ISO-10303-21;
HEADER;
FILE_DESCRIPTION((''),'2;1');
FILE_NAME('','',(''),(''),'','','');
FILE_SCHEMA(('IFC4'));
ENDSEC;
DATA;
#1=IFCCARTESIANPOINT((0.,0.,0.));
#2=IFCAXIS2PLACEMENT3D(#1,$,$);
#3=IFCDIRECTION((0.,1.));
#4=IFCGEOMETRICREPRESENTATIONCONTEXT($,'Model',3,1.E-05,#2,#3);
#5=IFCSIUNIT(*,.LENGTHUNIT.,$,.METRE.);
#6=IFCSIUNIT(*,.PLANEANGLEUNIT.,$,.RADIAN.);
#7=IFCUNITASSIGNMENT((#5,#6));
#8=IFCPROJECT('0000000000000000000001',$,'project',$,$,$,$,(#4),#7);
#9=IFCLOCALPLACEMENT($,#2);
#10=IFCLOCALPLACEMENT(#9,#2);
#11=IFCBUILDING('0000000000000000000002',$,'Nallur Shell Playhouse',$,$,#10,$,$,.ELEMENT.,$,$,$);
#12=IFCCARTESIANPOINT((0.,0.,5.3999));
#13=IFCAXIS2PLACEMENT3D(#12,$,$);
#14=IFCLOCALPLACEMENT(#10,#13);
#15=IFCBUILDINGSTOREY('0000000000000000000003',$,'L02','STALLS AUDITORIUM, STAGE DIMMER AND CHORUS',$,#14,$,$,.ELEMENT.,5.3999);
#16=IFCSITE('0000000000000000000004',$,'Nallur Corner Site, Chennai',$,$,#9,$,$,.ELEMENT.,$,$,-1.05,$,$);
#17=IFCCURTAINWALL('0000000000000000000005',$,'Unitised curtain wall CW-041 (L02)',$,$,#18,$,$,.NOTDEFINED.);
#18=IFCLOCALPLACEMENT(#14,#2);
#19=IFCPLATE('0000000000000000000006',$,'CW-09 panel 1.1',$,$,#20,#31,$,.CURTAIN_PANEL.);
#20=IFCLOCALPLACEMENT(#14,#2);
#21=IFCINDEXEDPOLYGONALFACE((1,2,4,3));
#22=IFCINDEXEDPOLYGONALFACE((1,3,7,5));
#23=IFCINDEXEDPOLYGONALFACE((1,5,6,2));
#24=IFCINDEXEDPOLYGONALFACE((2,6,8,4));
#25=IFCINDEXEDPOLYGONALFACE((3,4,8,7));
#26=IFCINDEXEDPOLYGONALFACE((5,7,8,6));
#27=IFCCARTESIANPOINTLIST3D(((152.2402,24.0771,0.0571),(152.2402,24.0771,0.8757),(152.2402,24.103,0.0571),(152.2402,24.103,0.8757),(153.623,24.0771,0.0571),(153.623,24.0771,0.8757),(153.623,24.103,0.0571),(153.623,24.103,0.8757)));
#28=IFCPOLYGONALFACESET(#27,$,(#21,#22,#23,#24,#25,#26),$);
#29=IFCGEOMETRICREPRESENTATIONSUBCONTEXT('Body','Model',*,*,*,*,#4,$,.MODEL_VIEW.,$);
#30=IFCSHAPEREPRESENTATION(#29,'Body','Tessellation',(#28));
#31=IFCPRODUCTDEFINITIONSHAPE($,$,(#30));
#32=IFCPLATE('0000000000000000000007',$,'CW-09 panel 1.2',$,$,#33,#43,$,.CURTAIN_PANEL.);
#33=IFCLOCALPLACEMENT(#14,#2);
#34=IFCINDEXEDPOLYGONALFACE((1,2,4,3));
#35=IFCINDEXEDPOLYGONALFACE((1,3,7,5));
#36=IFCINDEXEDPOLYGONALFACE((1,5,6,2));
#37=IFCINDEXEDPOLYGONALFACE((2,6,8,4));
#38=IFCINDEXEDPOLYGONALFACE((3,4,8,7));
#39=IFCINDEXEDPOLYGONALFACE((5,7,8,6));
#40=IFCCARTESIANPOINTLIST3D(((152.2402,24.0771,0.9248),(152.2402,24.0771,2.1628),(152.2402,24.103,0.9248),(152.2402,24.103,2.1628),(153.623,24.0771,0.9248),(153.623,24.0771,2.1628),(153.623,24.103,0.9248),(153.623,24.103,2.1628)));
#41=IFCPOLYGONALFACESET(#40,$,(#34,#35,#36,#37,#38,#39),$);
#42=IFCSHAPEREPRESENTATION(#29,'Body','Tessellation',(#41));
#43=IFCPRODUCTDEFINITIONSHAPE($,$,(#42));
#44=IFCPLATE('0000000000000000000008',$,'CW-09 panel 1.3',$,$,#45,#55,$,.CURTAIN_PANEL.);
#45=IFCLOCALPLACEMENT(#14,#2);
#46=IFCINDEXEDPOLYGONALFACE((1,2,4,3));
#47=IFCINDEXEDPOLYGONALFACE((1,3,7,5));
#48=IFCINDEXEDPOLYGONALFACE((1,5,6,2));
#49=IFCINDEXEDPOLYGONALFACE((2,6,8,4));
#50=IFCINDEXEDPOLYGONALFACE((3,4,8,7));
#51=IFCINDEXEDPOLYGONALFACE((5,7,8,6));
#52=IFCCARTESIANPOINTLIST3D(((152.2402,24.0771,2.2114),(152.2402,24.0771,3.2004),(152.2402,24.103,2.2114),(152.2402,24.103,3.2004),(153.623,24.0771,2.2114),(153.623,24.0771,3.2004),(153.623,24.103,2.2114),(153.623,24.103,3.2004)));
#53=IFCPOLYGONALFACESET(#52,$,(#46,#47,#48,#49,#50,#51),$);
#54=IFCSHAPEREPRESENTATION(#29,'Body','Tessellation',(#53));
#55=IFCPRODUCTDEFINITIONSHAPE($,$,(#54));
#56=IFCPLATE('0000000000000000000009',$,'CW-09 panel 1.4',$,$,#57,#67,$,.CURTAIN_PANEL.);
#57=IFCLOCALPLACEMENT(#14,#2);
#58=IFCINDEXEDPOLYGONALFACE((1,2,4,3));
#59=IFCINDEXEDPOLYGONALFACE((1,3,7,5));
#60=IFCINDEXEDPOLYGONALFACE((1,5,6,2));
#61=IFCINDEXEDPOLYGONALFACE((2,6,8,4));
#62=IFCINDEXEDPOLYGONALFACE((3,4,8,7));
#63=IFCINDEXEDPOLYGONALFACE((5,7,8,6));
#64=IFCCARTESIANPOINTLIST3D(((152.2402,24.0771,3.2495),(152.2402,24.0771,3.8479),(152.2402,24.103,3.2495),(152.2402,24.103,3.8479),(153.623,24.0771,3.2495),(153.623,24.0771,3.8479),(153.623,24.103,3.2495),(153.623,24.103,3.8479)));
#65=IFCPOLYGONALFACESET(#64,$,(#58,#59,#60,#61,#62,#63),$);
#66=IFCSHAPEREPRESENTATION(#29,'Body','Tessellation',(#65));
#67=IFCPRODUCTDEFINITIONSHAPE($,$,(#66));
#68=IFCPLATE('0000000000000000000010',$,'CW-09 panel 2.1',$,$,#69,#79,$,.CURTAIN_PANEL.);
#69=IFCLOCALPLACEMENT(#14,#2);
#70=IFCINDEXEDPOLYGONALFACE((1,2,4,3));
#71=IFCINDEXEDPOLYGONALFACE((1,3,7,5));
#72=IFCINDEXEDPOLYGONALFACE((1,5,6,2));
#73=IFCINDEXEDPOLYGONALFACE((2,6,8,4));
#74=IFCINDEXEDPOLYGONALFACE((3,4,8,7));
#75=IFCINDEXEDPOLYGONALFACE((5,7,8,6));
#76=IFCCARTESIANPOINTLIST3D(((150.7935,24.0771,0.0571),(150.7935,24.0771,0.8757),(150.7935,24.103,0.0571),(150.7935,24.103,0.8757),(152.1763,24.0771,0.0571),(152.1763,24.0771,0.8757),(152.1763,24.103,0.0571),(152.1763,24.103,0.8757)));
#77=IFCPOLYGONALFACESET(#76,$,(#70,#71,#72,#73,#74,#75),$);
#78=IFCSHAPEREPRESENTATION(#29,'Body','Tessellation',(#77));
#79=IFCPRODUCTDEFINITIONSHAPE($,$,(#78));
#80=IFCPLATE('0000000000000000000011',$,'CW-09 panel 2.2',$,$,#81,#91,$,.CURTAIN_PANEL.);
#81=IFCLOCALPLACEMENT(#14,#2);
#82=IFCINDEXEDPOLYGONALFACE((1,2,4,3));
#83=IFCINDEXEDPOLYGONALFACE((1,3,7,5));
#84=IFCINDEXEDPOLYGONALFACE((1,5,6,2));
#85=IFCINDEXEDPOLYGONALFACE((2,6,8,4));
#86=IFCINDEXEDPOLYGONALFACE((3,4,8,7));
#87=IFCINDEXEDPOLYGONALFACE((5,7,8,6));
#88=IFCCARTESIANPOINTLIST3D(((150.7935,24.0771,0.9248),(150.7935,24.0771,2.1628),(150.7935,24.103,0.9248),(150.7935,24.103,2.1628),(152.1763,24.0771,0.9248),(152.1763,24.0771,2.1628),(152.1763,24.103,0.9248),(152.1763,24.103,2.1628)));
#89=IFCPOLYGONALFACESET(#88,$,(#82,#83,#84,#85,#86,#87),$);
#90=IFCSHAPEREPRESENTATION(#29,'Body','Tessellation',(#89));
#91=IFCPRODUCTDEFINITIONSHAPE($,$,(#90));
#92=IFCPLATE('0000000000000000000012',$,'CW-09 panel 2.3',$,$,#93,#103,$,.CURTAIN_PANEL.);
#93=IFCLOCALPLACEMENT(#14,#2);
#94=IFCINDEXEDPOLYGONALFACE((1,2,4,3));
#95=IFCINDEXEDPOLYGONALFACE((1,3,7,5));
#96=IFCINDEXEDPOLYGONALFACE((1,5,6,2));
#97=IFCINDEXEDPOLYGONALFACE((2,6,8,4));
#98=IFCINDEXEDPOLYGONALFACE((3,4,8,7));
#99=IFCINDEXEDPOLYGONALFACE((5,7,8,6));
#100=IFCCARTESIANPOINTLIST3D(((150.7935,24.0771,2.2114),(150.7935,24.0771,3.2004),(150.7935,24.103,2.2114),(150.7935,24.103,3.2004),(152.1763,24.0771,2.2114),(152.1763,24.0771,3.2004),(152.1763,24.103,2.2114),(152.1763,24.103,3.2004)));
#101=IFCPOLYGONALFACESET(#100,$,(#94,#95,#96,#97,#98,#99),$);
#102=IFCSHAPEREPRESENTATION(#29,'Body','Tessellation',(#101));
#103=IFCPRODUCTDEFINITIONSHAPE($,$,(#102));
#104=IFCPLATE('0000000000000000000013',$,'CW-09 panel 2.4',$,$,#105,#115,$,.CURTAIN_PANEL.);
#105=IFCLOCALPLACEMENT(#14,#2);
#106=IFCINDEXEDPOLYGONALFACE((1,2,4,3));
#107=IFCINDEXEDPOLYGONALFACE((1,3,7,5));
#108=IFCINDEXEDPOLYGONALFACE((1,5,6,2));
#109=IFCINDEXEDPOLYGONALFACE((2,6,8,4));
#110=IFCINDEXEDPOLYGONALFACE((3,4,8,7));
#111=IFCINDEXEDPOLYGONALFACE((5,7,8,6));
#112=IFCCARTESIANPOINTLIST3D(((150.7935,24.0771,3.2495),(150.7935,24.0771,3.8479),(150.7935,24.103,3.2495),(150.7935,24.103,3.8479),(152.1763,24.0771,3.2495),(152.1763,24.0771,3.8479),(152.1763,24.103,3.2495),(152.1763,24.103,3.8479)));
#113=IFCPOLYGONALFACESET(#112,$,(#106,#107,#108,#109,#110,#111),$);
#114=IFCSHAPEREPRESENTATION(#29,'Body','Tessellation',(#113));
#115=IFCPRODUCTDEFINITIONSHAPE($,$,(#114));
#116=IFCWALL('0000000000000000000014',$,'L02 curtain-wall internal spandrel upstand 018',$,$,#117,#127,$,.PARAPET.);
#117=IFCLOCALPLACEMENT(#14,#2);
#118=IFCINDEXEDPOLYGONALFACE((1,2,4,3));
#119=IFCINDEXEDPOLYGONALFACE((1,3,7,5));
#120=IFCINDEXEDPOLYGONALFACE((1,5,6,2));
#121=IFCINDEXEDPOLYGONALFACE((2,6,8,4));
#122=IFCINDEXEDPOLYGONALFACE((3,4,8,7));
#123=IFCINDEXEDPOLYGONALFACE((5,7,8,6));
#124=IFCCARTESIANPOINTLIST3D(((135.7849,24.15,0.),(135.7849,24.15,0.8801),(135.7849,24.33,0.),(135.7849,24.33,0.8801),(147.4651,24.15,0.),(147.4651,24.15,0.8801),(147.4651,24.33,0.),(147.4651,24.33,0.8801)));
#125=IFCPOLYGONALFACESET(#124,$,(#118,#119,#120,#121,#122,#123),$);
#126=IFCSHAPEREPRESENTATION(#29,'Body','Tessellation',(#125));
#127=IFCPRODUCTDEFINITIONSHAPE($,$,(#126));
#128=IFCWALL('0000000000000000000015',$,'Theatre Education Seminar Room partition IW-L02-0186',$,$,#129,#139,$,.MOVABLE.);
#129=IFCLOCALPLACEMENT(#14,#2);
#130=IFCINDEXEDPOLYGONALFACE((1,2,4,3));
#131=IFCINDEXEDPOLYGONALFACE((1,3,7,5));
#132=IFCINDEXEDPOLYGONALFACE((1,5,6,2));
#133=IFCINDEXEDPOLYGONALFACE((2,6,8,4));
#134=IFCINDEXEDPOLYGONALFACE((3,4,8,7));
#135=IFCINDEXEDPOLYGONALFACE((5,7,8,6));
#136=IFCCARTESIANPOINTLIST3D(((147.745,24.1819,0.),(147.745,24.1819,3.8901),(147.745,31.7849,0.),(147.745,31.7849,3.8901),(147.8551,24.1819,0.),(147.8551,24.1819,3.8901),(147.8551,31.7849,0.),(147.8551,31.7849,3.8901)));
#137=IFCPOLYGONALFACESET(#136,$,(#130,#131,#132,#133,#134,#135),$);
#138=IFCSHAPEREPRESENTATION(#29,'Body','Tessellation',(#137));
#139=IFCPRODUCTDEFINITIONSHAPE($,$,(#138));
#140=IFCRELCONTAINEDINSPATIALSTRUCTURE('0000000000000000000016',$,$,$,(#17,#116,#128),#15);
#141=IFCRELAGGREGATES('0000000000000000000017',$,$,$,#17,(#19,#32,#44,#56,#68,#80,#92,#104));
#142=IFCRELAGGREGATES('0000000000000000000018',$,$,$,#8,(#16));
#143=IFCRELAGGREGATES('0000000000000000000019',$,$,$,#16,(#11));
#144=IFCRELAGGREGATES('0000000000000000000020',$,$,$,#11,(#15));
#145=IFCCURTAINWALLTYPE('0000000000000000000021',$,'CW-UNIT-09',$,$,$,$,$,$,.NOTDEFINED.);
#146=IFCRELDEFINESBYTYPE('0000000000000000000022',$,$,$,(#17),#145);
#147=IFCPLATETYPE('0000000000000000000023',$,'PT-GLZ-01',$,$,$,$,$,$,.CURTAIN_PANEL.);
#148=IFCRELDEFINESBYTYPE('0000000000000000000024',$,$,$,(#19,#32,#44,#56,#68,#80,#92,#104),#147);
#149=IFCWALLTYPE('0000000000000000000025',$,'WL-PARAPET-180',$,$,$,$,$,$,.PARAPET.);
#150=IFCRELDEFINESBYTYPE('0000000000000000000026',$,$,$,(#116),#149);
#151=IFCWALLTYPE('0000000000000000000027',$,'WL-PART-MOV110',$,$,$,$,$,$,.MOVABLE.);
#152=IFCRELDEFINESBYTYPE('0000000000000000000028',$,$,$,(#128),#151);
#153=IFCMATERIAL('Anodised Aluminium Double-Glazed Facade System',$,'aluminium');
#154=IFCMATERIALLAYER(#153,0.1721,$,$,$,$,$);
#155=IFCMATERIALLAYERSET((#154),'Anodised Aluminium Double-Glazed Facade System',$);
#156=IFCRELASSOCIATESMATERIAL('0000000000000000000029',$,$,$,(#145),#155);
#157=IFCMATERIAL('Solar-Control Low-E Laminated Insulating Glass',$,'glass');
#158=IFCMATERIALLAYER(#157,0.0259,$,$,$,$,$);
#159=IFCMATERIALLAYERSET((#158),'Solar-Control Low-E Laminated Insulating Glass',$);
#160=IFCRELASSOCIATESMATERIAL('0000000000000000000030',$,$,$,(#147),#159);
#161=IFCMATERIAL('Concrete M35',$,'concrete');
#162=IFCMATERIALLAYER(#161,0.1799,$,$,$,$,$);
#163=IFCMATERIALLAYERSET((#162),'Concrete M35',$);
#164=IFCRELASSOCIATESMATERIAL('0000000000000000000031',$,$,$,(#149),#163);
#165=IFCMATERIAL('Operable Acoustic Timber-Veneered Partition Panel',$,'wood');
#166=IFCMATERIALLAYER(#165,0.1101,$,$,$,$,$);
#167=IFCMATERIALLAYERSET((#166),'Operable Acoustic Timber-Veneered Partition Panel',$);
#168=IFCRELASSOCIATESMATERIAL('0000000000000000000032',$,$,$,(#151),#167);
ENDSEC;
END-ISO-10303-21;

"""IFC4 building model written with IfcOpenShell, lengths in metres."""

from ifc_helpers import new_model, si_unit, direction, frame, frame_2d, origin, origin_2d, place, context, subcontext, project, spatial, rectangle, extrude, material, layer, layer_set, type_object, element, aggregate, save


model = new_model("IFC4")

# Units and contexts
model_context = context("Model", 3, precision=1e-05, world=origin(), true_north=direction((0.0, 1.0)))
body_context = subcontext(model_context, "Body", "Model", "MODEL_VIEW")
ifc_project = project(units=[si_unit("LENGTHUNIT", "METRE"), si_unit("PLANEANGLEUNIT", "RADIAN")], contexts=[model_context])

# Site, building, storey
site_placement = place(None, origin())
site = spatial("IfcSite", under=ifc_project, at=site_placement, Name="Nallur Corner Site, Chennai", CompositionType="ELEMENT", RefElevation=-1.05)
building_placement = place(site_placement, origin())
building = spatial("IfcBuilding", under=site, at=building_placement, Name="Nallur Shell Playhouse", CompositionType="ELEMENT")
storey_placement = place(building_placement, frame((0.0, 0.0, 5.3999)))
storey = spatial("IfcBuildingStorey", under=building, at=storey_placement, Name="L02", Description="STALLS AUDITORIUM, STAGE DIMMER AND CHORUS", CompositionType="ELEMENT", Elevation=5.3999)

# Curtain wall
ifc_material_1 = material(Name="Anodised Aluminium Double-Glazed Facade System", Category="aluminium")
ifc_layer_1 = layer(ifc_material_1, 0.1721)
ifc_layer_set_1 = layer_set([ifc_layer_1], Name="Anodised Aluminium Double-Glazed Facade System")
curtain_wall_type_1 = type_object("IfcCurtainWallType", Name="CW-UNIT-09", PredefinedType="NOTDEFINED", material=ifc_layer_set_1)
curtain_wall_1_placement = place(storey_placement, origin())
curtain_wall_1 = element("IfcCurtainWall", 1, at=curtain_wall_1_placement, inside=storey, type_object=curtain_wall_type_1, Name="Unitised curtain wall CW-041 (L02)", PredefinedType="NOTDEFINED")

# Plates
ifc_material_2 = material(Name="Solar-Control Low-E Laminated Insulating Glass", Category="glass")
ifc_layer_2 = layer(ifc_material_2, 0.0259)
ifc_layer_set_2 = layer_set([ifc_layer_2], Name="Solar-Control Low-E Laminated Insulating Glass")
plate_type = type_object("IfcPlateType", Name="PT-GLZ-01", PredefinedType="CURTAIN_PANEL", material=ifc_layer_set_2)
plate_1_placement = place(storey_placement, frame((152.9316, 24.0901, 0.0571), z_axis=(0.0, 0.0, 1.0), x_axis=(-1.0, 0.0, 0.0)))
plate_1 = element("IfcPlate", 2, at=plate_1_placement, type_object=plate_type, Name="CW-09 panel 1.1", PredefinedType="CURTAIN_PANEL", context=body_context, shape_type="SweptSolid", body=[
    extrude(rectangle(XDim=1.3828, YDim=0.0259, at=origin_2d()), origin(), (0.0, 0.0, 1.0), 0.8186),
])
plate_2_placement = place(storey_placement, frame((152.9316, 24.0901, 0.9248), z_axis=(0.0, 0.0, 1.0), x_axis=(-1.0, 0.0, 0.0)))
plate_2 = element("IfcPlate", 3, at=plate_2_placement, type_object=plate_type, Name="CW-09 panel 1.2", PredefinedType="CURTAIN_PANEL", context=body_context, shape_type="SweptSolid", body=[
    extrude(rectangle(XDim=1.3828, YDim=0.0259, at=origin_2d()), origin(), (0.0, 0.0, 1.0), 1.238),
])
plate_3_placement = place(storey_placement, frame((152.9316, 24.0901, 2.2114), z_axis=(0.0, 0.0, 1.0), x_axis=(-1.0, 0.0, 0.0)))
plate_3 = element("IfcPlate", 4, at=plate_3_placement, type_object=plate_type, Name="CW-09 panel 1.3", PredefinedType="CURTAIN_PANEL", context=body_context, shape_type="SweptSolid", body=[
    extrude(rectangle(XDim=1.3828, YDim=0.0259, at=origin_2d()), origin(), (0.0, 0.0, 1.0), 0.989),
])
plate_4_placement = place(storey_placement, frame((152.9316, 24.0901, 3.2495), z_axis=(0.0, 0.0, 1.0), x_axis=(-1.0, 0.0, 0.0)))
plate_4 = element("IfcPlate", 5, at=plate_4_placement, type_object=plate_type, Name="CW-09 panel 1.4", PredefinedType="CURTAIN_PANEL", context=body_context, shape_type="SweptSolid", body=[
    extrude(rectangle(XDim=1.3828, YDim=0.0259, at=origin_2d()), origin(), (0.0, 0.0, 1.0), 0.5984),
])
plate_5_placement = place(storey_placement, frame((151.4849, 24.0901, 0.0571), z_axis=(0.0, 0.0, 1.0), x_axis=(-1.0, 0.0, 0.0)))
plate_5 = element("IfcPlate", 6, at=plate_5_placement, type_object=plate_type, Name="CW-09 panel 2.1", PredefinedType="CURTAIN_PANEL", context=body_context, shape_type="SweptSolid", body=[
    extrude(rectangle(XDim=1.3828, YDim=0.0259, at=origin_2d()), origin(), (0.0, 0.0, 1.0), 0.8186),
])
plate_6_placement = place(storey_placement, frame((151.4849, 24.0901, 0.9248), z_axis=(0.0, 0.0, 1.0), x_axis=(-1.0, 0.0, 0.0)))
plate_6 = element("IfcPlate", 7, at=plate_6_placement, type_object=plate_type, Name="CW-09 panel 2.2", PredefinedType="CURTAIN_PANEL", context=body_context, shape_type="SweptSolid", body=[
    extrude(rectangle(XDim=1.3828, YDim=0.0259, at=origin_2d()), origin(), (0.0, 0.0, 1.0), 1.238),
])
plate_7_placement = place(storey_placement, frame((151.4849, 24.0901, 2.2114), z_axis=(0.0, 0.0, 1.0), x_axis=(-1.0, 0.0, 0.0)))
plate_7 = element("IfcPlate", 8, at=plate_7_placement, type_object=plate_type, Name="CW-09 panel 2.3", PredefinedType="CURTAIN_PANEL", context=body_context, shape_type="SweptSolid", body=[
    extrude(rectangle(XDim=1.3828, YDim=0.0259, at=origin_2d()), origin(), (0.0, 0.0, 1.0), 0.989),
])
plate_8_placement = place(storey_placement, frame((151.4849, 24.0901, 3.2495), z_axis=(0.0, 0.0, 1.0), x_axis=(-1.0, 0.0, 0.0)))
plate_8 = element("IfcPlate", 9, at=plate_8_placement, type_object=plate_type, Name="CW-09 panel 2.4", PredefinedType="CURTAIN_PANEL", context=body_context, shape_type="SweptSolid", body=[
    extrude(rectangle(XDim=1.3828, YDim=0.0259, at=origin_2d()), origin(), (0.0, 0.0, 1.0), 0.5984),
])
aggregate(curtain_wall_1, [plate_1, plate_2, plate_3, plate_4, plate_5, plate_6, plate_7, plate_8])

# Walls
ifc_material_3 = material(Name="Concrete M35", Category="concrete")
ifc_layer_3 = layer(ifc_material_3, 0.1799)
ifc_layer_set_3 = layer_set([ifc_layer_3], Name="Concrete M35")
wall_type_1 = type_object("IfcWallType", Name="WL-PARAPET-180", PredefinedType="PARAPET", material=ifc_layer_set_3)
wall_1_placement = place(storey_placement, frame((147.4651, 24.24, 0.0), z_axis=(0.0, 0.0, 1.0), x_axis=(-1.0, 0.0, 0.0)))
element("IfcWall", 10, at=wall_1_placement, inside=storey, type_object=wall_type_1, Name="L02 curtain-wall internal spandrel upstand 018", PredefinedType="PARAPET", context=body_context, shape_type="SweptSolid", body=[
    extrude(rectangle(XDim=11.6802, YDim=0.1799, at=frame_2d((5.8401, 0.0))), origin(), (0.0, 0.0, 1.0), 0.8801),
])
ifc_material_4 = material(Name="Operable Acoustic Timber-Veneered Partition Panel", Category="wood")
ifc_layer_4 = layer(ifc_material_4, 0.1101)
ifc_layer_set_4 = layer_set([ifc_layer_4], Name="Operable Acoustic Timber-Veneered Partition Panel")
wall_type_2 = type_object("IfcWallType", Name="WL-PART-MOV110", PredefinedType="MOVABLE", material=ifc_layer_set_4)
wall_2_placement = place(storey_placement, frame((147.8, 24.1819, 0.0), z_axis=(0.0, 0.0, 1.0), x_axis=(0.0, 1.0, 0.0)))
element("IfcWall", 11, at=wall_2_placement, inside=storey, type_object=wall_type_2, Name="Theatre Education Seminar Room partition IW-L02-0186", PredefinedType="MOVABLE", context=body_context, shape_type="SweptSolid", body=[
    extrude(rectangle(XDim=7.603, YDim=0.1101, at=frame_2d((3.8015, 0.0))), origin(), (0.0, 0.0, 1.0), 3.8901),
])

save(model, "model.ifc")
